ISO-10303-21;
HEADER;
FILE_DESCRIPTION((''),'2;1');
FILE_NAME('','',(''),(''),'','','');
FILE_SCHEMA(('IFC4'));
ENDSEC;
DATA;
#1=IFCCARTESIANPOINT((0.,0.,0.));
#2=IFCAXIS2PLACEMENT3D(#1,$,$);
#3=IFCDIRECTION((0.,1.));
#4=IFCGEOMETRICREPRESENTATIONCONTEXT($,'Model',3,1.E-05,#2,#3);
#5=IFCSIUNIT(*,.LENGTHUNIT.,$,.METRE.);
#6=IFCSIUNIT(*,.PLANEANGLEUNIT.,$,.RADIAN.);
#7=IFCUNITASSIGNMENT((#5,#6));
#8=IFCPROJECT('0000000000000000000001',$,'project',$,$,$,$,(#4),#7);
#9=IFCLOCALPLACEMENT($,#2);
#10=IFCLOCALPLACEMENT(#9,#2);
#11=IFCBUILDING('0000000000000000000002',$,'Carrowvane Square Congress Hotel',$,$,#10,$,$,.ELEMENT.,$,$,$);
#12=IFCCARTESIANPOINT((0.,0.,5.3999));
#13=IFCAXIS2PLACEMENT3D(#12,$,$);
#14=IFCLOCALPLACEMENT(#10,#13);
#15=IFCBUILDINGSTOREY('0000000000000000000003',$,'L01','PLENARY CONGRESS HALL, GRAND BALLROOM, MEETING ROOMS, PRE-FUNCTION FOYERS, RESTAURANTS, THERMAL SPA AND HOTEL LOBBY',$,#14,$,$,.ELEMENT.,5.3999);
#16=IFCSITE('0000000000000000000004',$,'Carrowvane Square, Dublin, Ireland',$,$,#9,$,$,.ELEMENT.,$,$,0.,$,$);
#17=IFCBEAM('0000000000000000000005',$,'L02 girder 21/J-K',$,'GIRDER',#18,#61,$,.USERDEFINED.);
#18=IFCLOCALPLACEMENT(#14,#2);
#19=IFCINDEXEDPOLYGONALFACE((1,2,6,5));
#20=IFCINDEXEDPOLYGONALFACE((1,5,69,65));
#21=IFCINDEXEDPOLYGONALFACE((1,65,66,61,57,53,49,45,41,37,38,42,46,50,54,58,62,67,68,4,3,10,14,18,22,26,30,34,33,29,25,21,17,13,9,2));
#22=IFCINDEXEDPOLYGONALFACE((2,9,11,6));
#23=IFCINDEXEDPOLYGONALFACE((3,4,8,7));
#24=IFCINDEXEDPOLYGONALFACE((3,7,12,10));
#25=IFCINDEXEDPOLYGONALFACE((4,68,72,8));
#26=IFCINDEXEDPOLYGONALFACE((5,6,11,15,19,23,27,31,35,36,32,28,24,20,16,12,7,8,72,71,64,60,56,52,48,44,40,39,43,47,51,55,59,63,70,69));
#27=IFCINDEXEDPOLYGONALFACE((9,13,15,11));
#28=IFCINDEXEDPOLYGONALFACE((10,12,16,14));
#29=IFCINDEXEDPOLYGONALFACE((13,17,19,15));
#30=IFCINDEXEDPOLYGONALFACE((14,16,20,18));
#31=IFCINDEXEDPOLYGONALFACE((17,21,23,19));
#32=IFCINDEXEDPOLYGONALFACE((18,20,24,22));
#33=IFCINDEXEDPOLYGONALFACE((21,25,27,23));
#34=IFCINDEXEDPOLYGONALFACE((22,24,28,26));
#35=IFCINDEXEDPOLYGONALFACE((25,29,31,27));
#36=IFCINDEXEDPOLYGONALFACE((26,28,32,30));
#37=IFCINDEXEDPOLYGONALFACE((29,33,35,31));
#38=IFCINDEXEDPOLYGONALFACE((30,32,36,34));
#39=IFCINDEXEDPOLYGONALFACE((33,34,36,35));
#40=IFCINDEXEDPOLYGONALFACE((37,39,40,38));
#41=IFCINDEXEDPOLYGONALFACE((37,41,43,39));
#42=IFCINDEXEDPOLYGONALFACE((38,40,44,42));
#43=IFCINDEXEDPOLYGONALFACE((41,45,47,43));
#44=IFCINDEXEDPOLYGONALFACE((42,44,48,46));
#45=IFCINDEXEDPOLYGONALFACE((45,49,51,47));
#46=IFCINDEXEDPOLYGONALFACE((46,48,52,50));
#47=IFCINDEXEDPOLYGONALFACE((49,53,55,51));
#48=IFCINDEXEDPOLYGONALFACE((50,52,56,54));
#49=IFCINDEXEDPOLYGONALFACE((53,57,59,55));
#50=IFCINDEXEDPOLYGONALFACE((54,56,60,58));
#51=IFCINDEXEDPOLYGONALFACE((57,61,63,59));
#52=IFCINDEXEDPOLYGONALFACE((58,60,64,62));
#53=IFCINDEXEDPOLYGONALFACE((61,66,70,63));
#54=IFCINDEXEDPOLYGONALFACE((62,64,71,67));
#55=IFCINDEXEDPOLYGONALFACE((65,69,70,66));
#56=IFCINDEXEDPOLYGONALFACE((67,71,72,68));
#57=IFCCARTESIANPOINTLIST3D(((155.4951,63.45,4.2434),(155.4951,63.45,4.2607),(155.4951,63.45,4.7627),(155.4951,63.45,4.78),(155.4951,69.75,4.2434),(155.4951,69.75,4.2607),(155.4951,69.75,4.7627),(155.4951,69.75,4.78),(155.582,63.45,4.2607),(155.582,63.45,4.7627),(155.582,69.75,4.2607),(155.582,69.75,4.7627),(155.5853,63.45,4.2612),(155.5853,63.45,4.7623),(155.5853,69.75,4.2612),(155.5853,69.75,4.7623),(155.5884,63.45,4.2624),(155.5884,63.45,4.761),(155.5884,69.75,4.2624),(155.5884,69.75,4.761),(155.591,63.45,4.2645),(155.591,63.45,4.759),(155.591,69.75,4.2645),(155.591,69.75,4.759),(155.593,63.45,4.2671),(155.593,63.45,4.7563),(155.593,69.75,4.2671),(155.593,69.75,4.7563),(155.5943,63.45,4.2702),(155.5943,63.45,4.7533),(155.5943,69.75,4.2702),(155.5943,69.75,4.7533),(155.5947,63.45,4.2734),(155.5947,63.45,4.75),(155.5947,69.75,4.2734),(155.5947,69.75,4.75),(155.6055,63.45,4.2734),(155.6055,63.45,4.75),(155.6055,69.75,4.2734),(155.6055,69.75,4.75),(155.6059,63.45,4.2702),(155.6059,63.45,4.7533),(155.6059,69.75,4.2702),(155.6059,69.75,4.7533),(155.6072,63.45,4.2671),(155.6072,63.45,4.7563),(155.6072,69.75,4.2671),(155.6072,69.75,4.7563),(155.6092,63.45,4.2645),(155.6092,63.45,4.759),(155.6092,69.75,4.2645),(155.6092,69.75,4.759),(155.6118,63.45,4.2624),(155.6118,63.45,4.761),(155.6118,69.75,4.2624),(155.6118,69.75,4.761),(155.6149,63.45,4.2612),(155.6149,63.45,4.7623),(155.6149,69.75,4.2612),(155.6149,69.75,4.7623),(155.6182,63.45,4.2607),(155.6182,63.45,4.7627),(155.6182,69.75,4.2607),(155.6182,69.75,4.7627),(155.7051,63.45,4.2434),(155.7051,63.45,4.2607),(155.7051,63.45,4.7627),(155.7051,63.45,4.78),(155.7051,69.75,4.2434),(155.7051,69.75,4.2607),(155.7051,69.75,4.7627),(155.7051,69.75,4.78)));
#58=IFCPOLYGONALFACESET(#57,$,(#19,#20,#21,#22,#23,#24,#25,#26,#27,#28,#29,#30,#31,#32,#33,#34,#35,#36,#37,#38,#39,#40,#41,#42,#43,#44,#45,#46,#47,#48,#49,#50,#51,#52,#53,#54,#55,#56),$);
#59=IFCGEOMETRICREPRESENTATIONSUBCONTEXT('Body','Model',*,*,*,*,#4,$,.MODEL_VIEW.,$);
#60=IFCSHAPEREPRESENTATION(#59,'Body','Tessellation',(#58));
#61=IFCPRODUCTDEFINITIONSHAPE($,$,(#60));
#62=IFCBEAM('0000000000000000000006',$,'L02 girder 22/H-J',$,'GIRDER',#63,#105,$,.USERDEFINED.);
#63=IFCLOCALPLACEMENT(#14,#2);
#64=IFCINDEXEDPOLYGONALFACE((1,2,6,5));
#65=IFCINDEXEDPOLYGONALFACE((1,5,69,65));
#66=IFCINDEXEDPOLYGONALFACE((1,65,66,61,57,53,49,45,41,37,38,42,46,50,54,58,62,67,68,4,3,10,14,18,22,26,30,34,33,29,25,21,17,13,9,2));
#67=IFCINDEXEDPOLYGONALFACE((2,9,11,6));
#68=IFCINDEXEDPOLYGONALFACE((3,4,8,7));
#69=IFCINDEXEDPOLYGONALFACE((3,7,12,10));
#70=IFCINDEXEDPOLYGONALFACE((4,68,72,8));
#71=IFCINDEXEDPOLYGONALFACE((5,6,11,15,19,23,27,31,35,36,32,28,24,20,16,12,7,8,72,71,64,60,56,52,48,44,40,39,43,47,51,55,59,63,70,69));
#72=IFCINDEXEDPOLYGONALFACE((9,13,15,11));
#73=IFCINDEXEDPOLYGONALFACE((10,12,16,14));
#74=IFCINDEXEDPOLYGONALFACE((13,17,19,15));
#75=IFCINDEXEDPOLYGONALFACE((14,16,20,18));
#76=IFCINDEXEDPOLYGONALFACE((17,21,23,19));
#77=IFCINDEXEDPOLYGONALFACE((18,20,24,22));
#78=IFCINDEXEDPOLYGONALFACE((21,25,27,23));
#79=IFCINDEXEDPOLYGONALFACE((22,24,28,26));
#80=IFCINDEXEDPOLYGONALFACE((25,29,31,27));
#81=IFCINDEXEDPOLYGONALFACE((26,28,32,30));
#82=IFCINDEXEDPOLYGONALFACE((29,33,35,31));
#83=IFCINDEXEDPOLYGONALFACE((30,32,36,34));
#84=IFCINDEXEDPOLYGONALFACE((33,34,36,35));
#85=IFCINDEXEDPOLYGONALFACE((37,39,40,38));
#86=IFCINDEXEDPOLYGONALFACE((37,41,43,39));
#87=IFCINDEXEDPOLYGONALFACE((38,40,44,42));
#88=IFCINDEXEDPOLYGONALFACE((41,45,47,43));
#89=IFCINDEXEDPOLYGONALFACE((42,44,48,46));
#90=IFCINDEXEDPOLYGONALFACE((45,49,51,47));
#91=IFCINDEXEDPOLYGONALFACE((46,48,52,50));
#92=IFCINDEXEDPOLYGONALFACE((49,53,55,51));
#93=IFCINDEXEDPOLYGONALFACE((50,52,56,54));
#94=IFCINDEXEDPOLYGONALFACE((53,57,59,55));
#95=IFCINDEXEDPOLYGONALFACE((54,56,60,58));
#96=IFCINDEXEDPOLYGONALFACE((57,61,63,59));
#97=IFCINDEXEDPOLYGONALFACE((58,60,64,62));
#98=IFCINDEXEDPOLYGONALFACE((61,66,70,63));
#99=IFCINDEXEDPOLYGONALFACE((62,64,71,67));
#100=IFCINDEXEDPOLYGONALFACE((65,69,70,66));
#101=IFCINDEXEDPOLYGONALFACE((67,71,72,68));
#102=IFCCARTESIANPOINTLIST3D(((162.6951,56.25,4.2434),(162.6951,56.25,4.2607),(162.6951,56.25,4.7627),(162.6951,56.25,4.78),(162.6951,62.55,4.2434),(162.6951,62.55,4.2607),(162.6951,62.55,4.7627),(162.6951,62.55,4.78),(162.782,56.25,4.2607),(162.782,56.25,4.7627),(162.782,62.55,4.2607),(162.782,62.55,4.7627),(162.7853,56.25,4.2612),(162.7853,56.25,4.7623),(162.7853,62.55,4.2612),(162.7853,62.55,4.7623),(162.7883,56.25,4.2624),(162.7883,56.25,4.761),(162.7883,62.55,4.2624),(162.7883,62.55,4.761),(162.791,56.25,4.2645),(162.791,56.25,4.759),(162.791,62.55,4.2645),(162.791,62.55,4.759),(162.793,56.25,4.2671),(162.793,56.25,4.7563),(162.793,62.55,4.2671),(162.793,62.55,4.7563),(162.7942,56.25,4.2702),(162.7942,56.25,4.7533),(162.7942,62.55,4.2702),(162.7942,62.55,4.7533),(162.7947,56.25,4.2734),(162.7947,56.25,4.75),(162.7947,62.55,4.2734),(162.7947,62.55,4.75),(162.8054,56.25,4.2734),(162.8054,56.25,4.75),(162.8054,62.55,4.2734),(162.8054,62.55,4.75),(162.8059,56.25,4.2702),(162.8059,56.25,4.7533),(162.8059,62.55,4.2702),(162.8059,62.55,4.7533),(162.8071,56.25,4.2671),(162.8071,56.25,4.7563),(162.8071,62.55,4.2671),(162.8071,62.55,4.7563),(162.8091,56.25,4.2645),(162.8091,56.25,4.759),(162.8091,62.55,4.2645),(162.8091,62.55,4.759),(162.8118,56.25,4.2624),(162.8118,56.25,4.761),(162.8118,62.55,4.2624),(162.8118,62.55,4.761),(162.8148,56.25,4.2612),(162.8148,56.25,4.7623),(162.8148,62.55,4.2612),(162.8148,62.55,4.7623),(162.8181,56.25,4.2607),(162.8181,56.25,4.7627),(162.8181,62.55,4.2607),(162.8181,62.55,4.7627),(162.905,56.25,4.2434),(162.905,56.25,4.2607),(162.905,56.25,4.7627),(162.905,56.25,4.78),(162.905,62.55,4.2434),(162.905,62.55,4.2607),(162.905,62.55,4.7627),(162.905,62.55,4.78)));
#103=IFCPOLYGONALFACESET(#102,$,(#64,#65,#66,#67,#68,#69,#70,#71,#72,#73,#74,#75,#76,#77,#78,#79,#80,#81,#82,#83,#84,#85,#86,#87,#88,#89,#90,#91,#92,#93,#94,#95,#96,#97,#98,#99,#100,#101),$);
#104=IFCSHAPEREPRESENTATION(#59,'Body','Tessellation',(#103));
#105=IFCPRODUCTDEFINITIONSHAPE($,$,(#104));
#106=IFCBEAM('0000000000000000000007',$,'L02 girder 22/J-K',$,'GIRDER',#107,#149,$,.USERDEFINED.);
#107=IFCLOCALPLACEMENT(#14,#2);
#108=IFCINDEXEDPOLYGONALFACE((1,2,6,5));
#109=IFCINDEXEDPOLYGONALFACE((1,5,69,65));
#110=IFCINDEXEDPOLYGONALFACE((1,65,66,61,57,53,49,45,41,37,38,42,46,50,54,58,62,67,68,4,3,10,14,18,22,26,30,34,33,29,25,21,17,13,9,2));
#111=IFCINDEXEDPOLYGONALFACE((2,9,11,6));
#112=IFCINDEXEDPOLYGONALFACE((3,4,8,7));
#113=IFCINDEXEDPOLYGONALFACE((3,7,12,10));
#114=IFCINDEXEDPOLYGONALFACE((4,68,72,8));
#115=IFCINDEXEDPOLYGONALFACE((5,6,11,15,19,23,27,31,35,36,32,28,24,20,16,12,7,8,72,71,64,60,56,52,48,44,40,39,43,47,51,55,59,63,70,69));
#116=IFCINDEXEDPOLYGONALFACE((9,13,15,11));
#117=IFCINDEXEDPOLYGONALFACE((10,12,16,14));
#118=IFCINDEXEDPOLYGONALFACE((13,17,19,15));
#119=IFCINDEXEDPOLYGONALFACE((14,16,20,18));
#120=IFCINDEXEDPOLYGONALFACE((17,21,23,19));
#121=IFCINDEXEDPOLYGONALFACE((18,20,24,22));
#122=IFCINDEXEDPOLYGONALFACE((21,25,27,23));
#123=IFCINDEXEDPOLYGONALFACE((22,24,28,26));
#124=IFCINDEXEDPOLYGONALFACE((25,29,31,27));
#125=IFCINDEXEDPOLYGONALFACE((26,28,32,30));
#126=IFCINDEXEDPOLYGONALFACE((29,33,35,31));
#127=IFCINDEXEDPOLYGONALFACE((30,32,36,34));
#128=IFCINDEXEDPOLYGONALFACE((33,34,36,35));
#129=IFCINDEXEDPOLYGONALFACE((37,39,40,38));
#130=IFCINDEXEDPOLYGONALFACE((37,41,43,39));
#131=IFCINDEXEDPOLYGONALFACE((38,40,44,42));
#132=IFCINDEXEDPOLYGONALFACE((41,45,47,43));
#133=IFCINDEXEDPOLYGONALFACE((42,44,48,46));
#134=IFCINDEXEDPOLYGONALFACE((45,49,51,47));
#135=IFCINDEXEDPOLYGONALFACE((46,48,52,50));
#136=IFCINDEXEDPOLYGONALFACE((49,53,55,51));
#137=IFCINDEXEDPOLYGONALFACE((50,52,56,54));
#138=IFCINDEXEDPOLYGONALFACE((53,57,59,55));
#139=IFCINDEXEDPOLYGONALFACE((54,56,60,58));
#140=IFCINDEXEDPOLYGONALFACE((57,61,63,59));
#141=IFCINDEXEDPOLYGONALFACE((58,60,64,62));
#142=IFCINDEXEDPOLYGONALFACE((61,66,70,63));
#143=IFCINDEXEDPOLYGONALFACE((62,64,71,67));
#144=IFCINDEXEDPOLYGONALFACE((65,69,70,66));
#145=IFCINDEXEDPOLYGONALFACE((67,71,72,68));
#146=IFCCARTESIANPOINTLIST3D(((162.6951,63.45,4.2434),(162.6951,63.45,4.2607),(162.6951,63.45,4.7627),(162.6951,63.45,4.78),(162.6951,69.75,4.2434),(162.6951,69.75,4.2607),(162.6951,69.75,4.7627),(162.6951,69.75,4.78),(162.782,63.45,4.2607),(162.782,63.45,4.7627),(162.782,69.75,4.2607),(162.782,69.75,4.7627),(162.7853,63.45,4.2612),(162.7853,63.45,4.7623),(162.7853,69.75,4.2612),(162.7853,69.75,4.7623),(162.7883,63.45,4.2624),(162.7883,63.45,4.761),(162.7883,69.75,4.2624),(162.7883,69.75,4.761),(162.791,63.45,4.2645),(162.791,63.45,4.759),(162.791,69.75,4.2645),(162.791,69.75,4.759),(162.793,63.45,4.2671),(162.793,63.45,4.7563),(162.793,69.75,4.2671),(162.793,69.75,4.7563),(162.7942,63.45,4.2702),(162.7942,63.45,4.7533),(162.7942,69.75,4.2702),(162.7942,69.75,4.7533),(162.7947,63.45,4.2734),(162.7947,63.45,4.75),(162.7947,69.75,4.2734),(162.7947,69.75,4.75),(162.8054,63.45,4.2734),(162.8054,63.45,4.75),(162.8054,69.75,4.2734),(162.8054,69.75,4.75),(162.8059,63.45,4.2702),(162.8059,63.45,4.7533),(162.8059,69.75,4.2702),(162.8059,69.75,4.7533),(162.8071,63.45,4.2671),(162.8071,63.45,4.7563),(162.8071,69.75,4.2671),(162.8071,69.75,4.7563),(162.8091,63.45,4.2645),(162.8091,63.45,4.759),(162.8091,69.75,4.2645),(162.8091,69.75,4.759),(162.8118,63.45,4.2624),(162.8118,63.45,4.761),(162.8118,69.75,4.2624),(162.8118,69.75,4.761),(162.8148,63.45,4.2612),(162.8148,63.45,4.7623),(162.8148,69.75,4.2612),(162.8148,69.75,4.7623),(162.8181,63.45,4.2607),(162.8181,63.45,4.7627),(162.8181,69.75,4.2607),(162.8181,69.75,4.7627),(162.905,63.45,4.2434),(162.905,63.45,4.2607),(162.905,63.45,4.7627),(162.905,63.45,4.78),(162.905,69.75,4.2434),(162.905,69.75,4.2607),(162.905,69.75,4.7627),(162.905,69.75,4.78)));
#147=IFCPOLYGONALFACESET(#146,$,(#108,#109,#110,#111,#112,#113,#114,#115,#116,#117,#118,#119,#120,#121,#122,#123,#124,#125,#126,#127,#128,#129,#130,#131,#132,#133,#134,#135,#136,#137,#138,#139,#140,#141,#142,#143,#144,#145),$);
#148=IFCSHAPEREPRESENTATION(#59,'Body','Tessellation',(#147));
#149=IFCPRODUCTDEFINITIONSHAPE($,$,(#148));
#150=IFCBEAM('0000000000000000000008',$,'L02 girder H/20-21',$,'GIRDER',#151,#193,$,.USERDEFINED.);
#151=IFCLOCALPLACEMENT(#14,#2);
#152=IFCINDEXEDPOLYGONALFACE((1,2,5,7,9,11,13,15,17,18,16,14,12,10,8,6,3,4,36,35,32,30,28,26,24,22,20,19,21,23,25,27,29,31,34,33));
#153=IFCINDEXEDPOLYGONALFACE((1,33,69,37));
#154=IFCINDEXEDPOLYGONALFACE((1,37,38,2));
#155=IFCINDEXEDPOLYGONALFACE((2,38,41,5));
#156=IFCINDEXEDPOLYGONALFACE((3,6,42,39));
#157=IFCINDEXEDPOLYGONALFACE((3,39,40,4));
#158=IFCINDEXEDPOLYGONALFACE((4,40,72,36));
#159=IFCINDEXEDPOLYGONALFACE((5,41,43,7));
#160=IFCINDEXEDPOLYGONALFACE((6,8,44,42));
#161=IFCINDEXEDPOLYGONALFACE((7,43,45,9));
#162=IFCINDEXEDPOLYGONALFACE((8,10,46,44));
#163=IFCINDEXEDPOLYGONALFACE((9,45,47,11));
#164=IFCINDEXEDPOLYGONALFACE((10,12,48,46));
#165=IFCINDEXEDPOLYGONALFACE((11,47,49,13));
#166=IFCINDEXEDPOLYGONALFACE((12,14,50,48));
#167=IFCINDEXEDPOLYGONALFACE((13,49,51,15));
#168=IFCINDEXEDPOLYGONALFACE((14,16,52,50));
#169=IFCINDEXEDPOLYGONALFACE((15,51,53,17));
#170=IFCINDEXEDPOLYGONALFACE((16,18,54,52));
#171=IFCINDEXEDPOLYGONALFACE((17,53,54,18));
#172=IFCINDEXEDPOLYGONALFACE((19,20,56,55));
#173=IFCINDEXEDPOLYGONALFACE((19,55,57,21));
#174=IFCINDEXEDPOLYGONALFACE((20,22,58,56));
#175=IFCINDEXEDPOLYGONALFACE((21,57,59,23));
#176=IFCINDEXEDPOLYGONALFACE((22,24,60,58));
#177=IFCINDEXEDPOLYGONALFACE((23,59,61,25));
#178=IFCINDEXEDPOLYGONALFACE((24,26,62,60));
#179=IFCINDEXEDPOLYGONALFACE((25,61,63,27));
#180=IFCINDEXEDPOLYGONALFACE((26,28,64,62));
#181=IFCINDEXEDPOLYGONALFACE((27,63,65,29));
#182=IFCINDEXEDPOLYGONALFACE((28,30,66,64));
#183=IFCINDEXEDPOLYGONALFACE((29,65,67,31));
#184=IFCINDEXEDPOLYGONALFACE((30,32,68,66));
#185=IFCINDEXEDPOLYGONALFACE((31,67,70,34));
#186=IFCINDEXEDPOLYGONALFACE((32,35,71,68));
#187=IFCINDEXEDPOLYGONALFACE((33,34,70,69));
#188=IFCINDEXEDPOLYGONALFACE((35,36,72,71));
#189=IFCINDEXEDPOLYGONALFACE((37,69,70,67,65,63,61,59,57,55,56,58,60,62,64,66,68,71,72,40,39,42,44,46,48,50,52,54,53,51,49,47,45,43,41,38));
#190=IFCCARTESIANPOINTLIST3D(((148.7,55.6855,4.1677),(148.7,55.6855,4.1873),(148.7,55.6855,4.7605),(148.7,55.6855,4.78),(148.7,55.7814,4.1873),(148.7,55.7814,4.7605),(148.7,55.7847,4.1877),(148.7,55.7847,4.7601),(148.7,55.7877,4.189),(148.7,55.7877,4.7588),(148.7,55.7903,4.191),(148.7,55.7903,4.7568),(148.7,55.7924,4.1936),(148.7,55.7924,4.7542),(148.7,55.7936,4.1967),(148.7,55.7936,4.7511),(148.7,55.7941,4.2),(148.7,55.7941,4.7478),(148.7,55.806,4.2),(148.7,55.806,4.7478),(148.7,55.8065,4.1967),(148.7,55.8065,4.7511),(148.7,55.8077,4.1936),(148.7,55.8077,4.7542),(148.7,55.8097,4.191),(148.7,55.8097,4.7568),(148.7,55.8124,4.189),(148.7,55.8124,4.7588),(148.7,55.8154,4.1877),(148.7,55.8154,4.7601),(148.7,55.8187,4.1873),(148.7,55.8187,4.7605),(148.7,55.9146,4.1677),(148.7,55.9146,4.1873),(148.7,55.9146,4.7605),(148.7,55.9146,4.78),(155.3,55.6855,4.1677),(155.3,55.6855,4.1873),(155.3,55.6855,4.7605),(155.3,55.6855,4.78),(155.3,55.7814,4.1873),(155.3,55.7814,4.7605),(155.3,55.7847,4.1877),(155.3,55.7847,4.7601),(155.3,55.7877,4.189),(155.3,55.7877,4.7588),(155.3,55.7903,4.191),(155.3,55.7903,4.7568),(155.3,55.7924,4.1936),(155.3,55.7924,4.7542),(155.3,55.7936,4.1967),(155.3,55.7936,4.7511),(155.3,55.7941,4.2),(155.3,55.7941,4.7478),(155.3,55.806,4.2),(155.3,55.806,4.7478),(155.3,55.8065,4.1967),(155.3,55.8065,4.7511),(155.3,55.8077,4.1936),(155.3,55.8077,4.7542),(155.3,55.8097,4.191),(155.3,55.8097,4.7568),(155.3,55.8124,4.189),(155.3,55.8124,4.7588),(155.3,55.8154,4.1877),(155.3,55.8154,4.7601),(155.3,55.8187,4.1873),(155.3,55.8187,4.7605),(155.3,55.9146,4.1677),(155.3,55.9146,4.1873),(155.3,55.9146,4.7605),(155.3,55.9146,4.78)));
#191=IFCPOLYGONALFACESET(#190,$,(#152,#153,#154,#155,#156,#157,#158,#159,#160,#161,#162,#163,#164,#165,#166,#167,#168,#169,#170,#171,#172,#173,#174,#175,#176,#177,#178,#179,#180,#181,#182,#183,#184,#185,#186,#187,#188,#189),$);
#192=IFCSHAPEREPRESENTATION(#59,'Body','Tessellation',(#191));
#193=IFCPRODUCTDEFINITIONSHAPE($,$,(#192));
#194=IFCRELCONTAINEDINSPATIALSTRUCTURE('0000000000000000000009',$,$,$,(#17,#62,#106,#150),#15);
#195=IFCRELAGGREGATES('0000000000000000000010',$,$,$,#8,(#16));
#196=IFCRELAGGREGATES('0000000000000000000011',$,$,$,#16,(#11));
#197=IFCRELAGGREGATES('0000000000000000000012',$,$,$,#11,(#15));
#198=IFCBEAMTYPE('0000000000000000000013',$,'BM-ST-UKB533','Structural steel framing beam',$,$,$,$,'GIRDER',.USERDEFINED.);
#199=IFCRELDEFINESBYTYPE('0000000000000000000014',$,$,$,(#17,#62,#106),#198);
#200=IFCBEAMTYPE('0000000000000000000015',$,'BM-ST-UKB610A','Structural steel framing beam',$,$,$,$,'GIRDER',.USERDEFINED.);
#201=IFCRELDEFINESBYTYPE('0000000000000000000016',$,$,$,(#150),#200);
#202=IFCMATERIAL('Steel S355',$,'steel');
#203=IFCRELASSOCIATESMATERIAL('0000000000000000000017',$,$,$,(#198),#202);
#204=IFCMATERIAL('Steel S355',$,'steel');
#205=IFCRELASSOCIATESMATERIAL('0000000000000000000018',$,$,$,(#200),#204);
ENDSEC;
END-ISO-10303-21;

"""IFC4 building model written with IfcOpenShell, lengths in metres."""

from ifc_helpers import new_model, si_unit, direction, frame, origin, origin_2d, place, context, subcontext, project, spatial, i_section, extrude, material, material_profile, profile_set, type_object, element, save


model = new_model("IFC4")

# Units and contexts
model_context = context("Model", 3, precision=1e-05, world=origin(), true_north=direction((0.0, 1.0)))
body_context = subcontext(model_context, "Body", "Model", "MODEL_VIEW")
ifc_project = project(units=[si_unit("LENGTHUNIT", "METRE"), si_unit("PLANEANGLEUNIT", "RADIAN")], contexts=[model_context])

# Site, building, storey
site_placement = place(None, origin())
site = spatial("IfcSite", under=ifc_project, at=site_placement, Name="Carrowvane Square, Dublin, Ireland", CompositionType="ELEMENT", RefElevation=0.0)
building_placement = place(site_placement, origin())
building = spatial("IfcBuilding", under=site, at=building_placement, Name="Carrowvane Square Congress Hotel", CompositionType="ELEMENT")
storey_placement = place(building_placement, frame((0.0, 0.0, 5.3999)))
storey = spatial("IfcBuildingStorey", under=building, at=storey_placement, Name="L01", Description="PLENARY CONGRESS HALL, GRAND BALLROOM, MEETING ROOMS, PRE-FUNCTION FOYERS, RESTAURANTS, THERMAL SPA AND HOTEL LOBBY", CompositionType="ELEMENT", Elevation=5.3999)

# Beams
ifc_material_1 = material(Name="Steel S355", Category="steel")
ifc_material_profile_1 = material_profile(ifc_material_1, i_section(OverallWidth=0.21, OverallDepth=0.5366, WebThickness=0.0107, FlangeThickness=0.0173, FilletRadius=0.0127, at=origin_2d()), Name="UKB 533x210x101")
ifc_profile_set_1 = profile_set([ifc_material_profile_1], Name="Steel S355")
beam_type_1 = type_object("IfcBeamType", Name="BM-ST-UKB533", Description="Structural steel framing beam", ElementType="GIRDER", PredefinedType="USERDEFINED", material=ifc_profile_set_1)
for number, where, z_axis, x_axis, name in (
    (1, (155.6001, 63.45, 4.5117), (0.0, 1.0, 0.0), (-1.0, 0.0, 0.0), "L02 girder 21/J-K"),
    (2, (162.8, 56.25, 4.5117), (0.0, 1.0, 0.0), (-1.0, 0.0, 0.0), "L02 girder 22/H-J"),
    (3, (162.8, 63.45, 4.5117), (0.0, 1.0, 0.0), (-1.0, 0.0, 0.0), "L02 girder 22/J-K"),
):
    element("IfcBeam", number, at=place(storey_placement, frame(where, z_axis=z_axis, x_axis=x_axis)), inside=storey, type_object=beam_type_1, Name=name, ObjectType="GIRDER", PredefinedType="USERDEFINED", context=body_context, shape_type="SweptSolid", body=[
        extrude(i_section(OverallWidth=0.21, OverallDepth=0.5366, WebThickness=0.0107, FlangeThickness=0.0173, FilletRadius=0.0127, at=origin_2d()), origin(), (0.0, 0.0, 1.0), 6.3),
    ])
ifc_material_2 = material(Name="Steel S355", Category="steel")
ifc_material_profile_2 = material_profile(ifc_material_2, i_section(OverallWidth=0.229, OverallDepth=0.6123, WebThickness=0.012, FlangeThickness=0.0195, FilletRadius=0.0127, at=origin_2d()), Name="UKB 610x229x125")
ifc_profile_set_2 = profile_set([ifc_material_profile_2], Name="Steel S355")
beam_type_2 = type_object("IfcBeamType", Name="BM-ST-UKB610A", Description="Structural steel framing beam", ElementType="GIRDER", PredefinedType="USERDEFINED", material=ifc_profile_set_2)
for number, where, z_axis, x_axis, name in (
    (4, (148.7, 55.8, 4.4739), (1.0, 0.0, 0.0), (0.0, 1.0, 0.0), "L02 girder H/20-21"),
):
    element("IfcBeam", number, at=place(storey_placement, frame(where, z_axis=z_axis, x_axis=x_axis)), inside=storey, type_object=beam_type_2, Name=name, ObjectType="GIRDER", PredefinedType="USERDEFINED", context=body_context, shape_type="SweptSolid", body=[
        extrude(i_section(OverallWidth=0.229, OverallDepth=0.6123, WebThickness=0.012, FlangeThickness=0.0195, FilletRadius=0.0127, at=origin_2d()), origin(), (0.0, 0.0, 1.0), 6.6001),
    ])

save(model, "model.ifc")
